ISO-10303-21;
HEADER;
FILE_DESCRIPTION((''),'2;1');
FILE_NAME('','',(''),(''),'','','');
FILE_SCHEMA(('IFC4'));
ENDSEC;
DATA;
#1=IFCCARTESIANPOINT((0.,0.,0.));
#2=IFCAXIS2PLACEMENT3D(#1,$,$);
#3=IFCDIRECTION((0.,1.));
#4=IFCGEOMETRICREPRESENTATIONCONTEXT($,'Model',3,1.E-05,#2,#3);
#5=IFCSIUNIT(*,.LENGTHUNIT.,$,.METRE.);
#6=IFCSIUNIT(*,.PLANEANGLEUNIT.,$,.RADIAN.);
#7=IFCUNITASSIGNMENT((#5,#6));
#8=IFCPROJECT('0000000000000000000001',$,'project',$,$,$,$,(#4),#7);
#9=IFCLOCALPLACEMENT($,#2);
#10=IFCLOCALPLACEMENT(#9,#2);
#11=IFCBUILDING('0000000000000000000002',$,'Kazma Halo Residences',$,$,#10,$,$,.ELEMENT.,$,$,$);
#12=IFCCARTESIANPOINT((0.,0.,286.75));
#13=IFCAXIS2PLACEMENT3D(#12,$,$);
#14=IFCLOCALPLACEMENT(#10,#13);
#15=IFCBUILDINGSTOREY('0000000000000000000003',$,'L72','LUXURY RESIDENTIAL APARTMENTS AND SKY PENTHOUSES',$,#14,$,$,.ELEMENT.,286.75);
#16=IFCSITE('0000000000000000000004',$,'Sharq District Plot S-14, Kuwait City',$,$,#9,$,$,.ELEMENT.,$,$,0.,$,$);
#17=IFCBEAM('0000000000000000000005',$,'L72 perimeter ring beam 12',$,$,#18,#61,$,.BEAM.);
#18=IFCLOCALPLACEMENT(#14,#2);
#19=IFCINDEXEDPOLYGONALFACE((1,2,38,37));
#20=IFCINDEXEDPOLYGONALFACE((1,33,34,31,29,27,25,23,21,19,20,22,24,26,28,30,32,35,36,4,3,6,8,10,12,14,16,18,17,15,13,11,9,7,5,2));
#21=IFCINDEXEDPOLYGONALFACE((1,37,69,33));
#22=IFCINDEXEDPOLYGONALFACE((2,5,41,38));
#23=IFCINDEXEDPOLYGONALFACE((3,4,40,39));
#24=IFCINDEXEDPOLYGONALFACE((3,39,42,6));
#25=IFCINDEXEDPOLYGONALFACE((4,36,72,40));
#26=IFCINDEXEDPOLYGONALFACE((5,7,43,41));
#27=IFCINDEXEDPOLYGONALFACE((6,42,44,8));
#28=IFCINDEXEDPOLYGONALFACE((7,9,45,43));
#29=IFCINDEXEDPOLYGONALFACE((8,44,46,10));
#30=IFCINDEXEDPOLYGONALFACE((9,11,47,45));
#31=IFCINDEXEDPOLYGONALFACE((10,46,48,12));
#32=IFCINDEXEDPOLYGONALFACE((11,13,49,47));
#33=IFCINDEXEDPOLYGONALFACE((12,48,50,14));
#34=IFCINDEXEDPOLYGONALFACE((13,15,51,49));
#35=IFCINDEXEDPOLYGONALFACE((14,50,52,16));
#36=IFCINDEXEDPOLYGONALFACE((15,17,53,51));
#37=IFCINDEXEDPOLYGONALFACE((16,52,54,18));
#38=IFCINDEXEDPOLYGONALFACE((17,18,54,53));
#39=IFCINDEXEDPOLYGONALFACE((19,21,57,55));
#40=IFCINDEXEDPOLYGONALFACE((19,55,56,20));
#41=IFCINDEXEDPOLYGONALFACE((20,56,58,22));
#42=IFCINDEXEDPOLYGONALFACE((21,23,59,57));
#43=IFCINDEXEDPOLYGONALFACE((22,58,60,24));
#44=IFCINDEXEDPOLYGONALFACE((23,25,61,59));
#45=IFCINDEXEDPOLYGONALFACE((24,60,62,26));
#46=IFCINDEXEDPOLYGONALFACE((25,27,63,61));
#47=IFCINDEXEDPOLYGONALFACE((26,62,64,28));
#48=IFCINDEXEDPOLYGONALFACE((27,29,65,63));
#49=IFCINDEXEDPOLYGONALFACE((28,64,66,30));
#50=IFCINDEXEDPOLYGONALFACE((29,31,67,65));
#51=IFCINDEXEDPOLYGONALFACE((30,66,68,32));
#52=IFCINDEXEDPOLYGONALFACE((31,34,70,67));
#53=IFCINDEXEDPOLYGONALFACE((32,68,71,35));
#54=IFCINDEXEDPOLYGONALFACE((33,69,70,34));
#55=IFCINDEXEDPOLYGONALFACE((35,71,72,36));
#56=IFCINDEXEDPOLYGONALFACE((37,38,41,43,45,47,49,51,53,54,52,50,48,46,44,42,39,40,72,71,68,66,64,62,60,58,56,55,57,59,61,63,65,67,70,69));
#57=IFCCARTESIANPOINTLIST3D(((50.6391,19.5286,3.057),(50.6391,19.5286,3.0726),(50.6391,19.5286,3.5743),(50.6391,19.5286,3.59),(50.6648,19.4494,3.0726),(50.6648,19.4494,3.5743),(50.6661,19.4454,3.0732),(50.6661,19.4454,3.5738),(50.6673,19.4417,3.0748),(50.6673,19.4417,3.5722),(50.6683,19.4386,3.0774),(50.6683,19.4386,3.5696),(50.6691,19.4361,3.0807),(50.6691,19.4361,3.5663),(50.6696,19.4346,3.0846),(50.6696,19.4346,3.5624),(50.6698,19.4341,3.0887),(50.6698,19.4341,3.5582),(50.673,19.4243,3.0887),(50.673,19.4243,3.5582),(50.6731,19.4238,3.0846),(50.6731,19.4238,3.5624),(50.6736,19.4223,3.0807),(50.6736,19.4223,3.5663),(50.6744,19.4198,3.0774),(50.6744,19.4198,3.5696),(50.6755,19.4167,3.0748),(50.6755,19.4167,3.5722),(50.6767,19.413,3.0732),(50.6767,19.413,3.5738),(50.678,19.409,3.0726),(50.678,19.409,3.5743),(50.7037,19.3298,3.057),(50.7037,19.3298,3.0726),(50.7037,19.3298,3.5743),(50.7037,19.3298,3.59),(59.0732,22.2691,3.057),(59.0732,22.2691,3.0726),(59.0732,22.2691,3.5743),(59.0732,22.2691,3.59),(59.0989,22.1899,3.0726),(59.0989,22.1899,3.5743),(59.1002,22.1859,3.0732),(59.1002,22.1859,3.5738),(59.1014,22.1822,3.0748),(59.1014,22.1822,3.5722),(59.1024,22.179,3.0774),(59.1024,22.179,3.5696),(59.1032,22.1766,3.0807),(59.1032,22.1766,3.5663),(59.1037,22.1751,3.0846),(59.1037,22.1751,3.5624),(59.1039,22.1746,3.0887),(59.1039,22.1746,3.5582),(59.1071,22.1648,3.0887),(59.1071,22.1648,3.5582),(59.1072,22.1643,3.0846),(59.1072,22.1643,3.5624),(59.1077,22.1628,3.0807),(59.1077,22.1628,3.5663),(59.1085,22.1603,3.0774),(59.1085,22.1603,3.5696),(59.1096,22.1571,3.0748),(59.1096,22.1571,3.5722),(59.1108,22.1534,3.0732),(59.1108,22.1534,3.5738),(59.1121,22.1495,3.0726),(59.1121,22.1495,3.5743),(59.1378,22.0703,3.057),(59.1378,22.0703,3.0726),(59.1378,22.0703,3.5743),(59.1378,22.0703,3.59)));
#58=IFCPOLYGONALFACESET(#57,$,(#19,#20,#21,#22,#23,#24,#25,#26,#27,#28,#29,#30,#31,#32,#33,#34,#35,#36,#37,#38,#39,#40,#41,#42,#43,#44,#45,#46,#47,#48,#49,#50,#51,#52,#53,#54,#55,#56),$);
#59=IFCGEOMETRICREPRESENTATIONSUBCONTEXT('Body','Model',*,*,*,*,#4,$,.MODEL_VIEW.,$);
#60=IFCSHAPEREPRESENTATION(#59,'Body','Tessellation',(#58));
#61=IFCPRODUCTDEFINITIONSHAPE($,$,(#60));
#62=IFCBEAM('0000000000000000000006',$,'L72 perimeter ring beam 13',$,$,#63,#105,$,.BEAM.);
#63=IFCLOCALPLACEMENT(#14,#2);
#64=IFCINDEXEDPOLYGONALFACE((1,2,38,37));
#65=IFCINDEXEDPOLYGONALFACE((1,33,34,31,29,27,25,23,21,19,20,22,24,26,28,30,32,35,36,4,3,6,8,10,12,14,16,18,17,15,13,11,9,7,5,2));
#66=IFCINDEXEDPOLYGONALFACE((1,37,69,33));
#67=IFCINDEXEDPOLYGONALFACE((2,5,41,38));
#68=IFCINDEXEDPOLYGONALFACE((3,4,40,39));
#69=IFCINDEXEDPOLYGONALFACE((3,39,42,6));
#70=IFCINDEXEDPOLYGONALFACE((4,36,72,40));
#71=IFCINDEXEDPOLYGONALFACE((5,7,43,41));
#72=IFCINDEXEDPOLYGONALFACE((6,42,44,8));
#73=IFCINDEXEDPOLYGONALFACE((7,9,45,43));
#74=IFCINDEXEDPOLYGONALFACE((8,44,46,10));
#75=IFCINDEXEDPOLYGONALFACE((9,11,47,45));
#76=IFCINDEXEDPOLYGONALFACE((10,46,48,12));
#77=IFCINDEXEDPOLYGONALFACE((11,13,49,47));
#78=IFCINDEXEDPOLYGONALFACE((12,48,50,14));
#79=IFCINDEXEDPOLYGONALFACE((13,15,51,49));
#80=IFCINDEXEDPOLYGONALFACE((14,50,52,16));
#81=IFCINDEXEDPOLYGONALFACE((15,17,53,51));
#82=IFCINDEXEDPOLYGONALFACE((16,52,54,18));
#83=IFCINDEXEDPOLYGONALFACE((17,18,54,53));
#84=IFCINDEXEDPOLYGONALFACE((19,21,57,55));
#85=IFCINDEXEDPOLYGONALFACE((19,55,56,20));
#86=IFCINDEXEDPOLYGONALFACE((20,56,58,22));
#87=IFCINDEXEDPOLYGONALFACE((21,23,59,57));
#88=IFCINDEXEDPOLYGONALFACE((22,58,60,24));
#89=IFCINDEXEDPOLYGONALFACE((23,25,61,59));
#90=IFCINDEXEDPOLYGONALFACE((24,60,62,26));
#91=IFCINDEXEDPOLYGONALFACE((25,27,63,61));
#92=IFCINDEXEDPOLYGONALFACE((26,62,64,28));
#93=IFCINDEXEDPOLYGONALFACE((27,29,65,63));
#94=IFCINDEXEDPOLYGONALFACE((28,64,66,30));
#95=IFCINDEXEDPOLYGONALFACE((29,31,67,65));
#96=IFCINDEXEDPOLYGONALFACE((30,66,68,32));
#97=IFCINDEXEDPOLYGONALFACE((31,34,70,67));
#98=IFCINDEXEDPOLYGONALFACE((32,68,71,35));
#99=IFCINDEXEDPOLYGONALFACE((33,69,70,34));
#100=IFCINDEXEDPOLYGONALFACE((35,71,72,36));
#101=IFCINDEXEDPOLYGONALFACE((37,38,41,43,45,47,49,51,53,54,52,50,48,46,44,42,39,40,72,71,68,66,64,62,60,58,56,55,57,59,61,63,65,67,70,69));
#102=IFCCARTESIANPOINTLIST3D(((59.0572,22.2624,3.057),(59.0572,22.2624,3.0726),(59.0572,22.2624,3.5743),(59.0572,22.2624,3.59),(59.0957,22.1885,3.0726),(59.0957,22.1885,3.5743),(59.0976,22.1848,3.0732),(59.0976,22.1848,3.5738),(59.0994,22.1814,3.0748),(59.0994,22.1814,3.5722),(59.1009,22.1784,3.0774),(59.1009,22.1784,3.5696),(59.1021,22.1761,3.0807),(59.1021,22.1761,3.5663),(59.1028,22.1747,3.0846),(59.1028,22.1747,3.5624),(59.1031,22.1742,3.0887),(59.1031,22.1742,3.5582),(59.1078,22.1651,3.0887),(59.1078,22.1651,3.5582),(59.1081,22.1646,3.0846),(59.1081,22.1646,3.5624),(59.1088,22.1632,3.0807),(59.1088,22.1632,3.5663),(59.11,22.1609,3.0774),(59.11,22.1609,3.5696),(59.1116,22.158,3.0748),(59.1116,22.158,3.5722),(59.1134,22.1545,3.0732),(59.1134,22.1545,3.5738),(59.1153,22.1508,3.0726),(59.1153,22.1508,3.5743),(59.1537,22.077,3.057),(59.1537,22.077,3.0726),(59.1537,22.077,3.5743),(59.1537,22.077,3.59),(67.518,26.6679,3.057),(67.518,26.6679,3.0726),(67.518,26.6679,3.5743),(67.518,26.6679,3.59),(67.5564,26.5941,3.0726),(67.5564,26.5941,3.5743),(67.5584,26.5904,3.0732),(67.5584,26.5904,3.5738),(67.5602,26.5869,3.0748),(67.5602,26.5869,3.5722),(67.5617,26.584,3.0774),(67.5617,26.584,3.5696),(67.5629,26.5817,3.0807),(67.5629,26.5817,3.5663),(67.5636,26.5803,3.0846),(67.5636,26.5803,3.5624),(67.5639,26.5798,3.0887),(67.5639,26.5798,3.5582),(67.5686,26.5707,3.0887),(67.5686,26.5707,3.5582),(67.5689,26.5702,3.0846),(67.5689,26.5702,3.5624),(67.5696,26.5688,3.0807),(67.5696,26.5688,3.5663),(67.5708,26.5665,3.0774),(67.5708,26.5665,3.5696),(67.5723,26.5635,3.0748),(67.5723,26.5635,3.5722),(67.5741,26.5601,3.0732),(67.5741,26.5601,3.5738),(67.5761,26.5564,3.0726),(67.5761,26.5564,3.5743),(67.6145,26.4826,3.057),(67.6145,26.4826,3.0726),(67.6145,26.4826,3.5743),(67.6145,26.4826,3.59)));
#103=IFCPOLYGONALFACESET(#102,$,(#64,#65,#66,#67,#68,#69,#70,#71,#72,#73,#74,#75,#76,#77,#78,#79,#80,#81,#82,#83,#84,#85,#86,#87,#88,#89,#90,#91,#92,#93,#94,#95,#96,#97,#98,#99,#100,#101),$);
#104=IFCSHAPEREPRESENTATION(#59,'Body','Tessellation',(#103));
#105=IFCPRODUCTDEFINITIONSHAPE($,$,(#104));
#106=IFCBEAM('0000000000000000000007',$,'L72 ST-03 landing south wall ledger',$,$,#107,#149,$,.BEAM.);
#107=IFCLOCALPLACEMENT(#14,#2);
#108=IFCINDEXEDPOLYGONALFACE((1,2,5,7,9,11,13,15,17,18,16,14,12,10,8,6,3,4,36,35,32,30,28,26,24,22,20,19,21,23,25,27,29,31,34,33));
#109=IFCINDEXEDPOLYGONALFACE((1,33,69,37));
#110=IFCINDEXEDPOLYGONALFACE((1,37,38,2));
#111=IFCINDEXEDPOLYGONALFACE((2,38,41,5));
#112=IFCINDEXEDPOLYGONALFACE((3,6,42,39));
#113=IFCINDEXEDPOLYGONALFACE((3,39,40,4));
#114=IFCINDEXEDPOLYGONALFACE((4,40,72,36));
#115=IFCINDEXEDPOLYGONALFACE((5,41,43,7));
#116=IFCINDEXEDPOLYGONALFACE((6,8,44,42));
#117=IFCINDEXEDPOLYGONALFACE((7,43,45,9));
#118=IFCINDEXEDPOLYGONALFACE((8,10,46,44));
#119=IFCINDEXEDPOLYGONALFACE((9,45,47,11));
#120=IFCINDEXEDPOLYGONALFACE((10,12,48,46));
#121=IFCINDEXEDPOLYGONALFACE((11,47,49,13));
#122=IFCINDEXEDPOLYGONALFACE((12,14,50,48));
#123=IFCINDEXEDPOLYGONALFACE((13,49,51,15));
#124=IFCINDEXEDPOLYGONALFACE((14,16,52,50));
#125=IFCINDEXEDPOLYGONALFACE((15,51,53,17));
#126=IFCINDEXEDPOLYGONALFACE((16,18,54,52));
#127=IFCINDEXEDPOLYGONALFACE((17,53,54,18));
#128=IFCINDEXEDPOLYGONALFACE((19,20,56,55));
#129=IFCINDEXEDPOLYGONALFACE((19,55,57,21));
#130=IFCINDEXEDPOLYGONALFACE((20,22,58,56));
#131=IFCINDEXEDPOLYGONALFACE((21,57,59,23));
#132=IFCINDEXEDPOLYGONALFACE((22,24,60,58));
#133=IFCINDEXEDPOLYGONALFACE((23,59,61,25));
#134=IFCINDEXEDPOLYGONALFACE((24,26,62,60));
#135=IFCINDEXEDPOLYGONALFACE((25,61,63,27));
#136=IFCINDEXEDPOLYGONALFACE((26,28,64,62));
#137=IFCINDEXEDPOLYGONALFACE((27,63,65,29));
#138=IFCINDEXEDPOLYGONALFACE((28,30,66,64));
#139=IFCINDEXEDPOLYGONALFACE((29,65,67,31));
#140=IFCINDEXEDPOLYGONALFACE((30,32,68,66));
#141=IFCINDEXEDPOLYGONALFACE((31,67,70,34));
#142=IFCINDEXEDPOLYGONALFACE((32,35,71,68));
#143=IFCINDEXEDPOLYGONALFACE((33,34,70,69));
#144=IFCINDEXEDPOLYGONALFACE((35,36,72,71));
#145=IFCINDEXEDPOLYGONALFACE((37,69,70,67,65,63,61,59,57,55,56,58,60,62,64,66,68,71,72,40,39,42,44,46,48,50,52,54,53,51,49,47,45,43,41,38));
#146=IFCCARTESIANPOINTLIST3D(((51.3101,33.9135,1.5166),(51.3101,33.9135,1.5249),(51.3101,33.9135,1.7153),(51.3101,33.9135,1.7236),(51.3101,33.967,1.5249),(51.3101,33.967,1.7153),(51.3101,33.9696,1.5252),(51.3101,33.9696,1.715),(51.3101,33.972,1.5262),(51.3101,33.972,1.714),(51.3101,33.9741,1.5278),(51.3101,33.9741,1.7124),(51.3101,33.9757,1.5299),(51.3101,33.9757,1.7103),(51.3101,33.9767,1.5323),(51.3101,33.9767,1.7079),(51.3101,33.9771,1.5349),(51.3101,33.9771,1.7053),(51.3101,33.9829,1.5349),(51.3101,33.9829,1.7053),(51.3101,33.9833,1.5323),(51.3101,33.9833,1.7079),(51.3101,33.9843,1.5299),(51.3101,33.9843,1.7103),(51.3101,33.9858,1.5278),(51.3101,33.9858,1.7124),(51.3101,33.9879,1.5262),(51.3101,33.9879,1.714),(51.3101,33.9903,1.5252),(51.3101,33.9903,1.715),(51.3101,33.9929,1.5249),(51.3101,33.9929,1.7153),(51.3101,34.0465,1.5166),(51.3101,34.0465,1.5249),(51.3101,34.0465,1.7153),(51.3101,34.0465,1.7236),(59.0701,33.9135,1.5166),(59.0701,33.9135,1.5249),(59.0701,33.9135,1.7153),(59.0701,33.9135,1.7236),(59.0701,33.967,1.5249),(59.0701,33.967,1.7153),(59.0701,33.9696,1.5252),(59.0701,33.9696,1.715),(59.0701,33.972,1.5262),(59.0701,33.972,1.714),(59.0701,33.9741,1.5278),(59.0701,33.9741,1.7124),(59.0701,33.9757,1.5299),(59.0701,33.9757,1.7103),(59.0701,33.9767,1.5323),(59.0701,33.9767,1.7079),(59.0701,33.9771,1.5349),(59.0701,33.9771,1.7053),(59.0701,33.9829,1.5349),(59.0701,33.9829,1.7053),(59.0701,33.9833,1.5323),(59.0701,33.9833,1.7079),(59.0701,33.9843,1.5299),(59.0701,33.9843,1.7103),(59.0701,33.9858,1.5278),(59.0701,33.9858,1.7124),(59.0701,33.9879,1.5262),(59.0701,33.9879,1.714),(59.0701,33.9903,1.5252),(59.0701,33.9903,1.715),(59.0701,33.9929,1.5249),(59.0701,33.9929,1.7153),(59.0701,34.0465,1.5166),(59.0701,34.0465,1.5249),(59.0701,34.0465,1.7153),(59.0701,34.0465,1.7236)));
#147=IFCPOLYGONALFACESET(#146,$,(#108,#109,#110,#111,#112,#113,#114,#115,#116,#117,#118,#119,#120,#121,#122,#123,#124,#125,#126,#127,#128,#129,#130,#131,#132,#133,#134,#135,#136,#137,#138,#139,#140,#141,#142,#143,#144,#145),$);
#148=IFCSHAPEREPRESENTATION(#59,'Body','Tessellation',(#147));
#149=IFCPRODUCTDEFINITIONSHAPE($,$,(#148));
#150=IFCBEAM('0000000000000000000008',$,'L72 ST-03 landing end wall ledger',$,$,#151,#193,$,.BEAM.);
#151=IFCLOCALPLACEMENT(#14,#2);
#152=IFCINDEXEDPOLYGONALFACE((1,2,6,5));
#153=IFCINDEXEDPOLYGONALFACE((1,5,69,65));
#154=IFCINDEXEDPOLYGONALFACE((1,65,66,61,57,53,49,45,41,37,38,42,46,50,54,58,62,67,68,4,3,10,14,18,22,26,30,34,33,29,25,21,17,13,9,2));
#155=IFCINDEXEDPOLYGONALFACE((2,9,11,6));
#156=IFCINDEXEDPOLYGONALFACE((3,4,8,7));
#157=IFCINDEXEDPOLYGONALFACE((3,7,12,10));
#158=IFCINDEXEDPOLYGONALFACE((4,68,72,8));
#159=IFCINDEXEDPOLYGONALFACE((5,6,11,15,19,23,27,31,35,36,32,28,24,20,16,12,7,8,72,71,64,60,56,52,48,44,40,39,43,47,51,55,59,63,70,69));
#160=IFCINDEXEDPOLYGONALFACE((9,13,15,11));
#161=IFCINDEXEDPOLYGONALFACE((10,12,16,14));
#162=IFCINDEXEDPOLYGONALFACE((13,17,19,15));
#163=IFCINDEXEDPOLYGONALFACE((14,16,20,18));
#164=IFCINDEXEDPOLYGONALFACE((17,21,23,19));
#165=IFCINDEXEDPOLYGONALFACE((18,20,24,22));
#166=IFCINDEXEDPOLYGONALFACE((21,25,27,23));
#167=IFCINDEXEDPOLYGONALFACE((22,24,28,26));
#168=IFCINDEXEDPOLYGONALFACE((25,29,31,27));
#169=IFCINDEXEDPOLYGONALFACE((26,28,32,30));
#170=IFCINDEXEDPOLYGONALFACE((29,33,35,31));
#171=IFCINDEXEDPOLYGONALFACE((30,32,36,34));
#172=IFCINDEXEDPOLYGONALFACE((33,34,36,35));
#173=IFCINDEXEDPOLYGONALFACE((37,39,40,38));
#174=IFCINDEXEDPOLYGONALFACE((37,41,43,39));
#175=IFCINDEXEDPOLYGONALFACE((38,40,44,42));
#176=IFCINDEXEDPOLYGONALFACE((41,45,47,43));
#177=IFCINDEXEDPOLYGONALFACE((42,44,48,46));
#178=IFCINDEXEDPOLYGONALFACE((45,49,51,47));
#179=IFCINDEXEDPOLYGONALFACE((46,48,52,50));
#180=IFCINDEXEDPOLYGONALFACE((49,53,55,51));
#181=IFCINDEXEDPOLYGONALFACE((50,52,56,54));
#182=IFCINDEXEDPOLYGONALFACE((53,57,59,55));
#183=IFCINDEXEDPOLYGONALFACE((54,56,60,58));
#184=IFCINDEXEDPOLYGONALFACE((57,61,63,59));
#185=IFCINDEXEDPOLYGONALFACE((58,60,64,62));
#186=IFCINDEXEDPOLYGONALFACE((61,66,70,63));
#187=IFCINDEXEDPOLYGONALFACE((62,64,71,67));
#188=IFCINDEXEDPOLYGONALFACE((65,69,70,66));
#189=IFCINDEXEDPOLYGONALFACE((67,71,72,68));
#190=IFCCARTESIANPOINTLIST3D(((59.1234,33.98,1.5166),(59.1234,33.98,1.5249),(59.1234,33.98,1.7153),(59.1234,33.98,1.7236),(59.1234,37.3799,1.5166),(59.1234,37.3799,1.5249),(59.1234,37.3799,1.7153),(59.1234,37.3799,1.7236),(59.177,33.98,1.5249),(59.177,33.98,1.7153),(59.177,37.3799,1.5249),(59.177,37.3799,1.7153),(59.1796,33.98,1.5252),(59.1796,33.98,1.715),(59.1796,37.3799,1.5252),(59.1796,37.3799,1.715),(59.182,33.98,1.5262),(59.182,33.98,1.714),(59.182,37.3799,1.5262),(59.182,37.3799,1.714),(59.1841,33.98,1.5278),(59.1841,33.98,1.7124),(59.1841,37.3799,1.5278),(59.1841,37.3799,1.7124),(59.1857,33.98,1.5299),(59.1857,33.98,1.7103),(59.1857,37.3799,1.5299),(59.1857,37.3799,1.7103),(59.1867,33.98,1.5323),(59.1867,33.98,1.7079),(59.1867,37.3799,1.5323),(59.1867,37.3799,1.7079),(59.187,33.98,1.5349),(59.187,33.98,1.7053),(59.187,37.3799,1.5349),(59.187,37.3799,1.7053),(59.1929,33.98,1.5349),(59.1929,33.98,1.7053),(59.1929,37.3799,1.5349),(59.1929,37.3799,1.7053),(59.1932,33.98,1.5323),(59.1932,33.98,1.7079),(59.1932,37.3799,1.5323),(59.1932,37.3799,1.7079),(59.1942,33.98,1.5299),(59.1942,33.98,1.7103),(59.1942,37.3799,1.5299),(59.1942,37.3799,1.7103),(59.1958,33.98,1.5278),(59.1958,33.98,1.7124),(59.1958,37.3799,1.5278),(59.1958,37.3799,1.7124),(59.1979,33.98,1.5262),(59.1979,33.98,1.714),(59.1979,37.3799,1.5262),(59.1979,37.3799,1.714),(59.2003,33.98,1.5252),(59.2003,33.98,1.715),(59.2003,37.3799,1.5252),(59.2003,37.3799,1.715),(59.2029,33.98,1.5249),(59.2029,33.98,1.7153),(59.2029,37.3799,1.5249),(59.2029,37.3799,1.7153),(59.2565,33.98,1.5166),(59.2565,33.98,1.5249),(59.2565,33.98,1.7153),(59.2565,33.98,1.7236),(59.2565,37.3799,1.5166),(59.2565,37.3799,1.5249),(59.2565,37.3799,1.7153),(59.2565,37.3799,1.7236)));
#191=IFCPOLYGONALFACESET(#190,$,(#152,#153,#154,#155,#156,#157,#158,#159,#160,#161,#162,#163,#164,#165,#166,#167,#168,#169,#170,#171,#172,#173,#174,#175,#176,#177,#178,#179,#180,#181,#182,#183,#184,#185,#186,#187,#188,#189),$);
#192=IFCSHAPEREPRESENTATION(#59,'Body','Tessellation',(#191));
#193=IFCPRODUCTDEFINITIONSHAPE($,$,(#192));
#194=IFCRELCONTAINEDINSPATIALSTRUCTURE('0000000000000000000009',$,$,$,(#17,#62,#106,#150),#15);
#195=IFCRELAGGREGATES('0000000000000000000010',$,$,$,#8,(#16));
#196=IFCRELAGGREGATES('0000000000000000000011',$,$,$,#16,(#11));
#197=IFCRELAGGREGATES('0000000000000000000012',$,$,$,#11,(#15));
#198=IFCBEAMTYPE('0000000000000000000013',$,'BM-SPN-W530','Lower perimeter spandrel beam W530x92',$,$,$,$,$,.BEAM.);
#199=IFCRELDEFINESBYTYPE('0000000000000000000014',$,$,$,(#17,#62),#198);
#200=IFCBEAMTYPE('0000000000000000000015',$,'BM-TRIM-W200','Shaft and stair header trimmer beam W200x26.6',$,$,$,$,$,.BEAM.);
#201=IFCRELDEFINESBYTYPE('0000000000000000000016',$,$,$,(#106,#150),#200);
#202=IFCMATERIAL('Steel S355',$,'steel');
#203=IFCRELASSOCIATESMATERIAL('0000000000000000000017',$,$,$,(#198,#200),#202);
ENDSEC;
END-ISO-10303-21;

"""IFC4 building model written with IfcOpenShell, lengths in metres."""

from ifc_helpers import new_model, si_unit, direction, frame, origin, origin_2d, place, context, subcontext, project, spatial, i_section, extrude, material, material_profile, profile_set, type_object, element, save


model = new_model("IFC4")

# Units and contexts
model_context = context("Model", 3, precision=1e-05, world=origin(), true_north=direction((0.0, 1.0)))
body_context = subcontext(model_context, "Body", "Model", "MODEL_VIEW")
ifc_project = project(units=[si_unit("LENGTHUNIT", "METRE"), si_unit("PLANEANGLEUNIT", "RADIAN")], contexts=[model_context])

# Site, building, storey
site_placement = place(None, origin())
site = spatial("IfcSite", under=ifc_project, at=site_placement, Name="Sharq District Plot S-14, Kuwait City", CompositionType="ELEMENT", RefElevation=0.0)
building_placement = place(site_placement, origin())
building = spatial("IfcBuilding", under=site, at=building_placement, Name="Kazma Halo Residences", CompositionType="ELEMENT")
storey_placement = place(building_placement, frame((0.0, 0.0, 286.75)))
storey = spatial("IfcBuildingStorey", under=building, at=storey_placement, Name="L72", Description="LUXURY RESIDENTIAL APARTMENTS AND SKY PENTHOUSES", CompositionType="ELEMENT", Elevation=286.75)

# Beams
ifc_material_1 = material(Name="Steel S355", Category="steel")
ifc_material_profile_1 = material_profile(ifc_material_1, i_section(OverallWidth=0.209, OverallDepth=0.533, WebThickness=0.0103, FlangeThickness=0.0156, FilletRadius=0.0161, at=origin_2d()), Name="W530x92")
ifc_profile_set_1 = profile_set([ifc_material_profile_1], Name="Steel S355")
beam_type_1 = type_object("IfcBeamType", Name="BM-SPN-W530", Description="Lower perimeter spandrel beam W530x92", PredefinedType="BEAM", material=ifc_profile_set_1)
beam_1_placement = place(storey_placement, frame((50.6714, 19.4292, 3.3235), z_axis=(0.951054, 0.309025, 0.0), x_axis=(-0.309025, 0.951054, 0.0)))
element("IfcBeam", 1, at=beam_1_placement, inside=storey, type_object=beam_type_1, Name="L72 perimeter ring beam 12", PredefinedType="BEAM", context=body_context, shape_type="SweptSolid", body=[
    extrude(i_section(OverallWidth=0.209, OverallDepth=0.533, WebThickness=0.0103, FlangeThickness=0.0156, FilletRadius=0.0161, at=origin_2d()), origin(), (0.0, 0.0, 1.0), 8.8682),
])
beam_2_placement = place(storey_placement, frame((59.1055, 22.1697, 3.3235), z_axis=(0.886961, 0.461844, 0.0), x_axis=(-0.461844, 0.886961, 0.0)))
element("IfcBeam", 2, at=beam_2_placement, inside=storey, type_object=beam_type_1, Name="L72 perimeter ring beam 13", PredefinedType="BEAM", context=body_context, shape_type="SweptSolid", body=[
    extrude(i_section(OverallWidth=0.209, OverallDepth=0.533, WebThickness=0.0103, FlangeThickness=0.0156, FilletRadius=0.0161, at=origin_2d()), origin(), (0.0, 0.0, 1.0), 9.5391),
])
ifc_material_profile_2 = material_profile(ifc_material_1, i_section(OverallWidth=0.1331, OverallDepth=0.207, WebThickness=0.0059, FlangeThickness=0.0083, FilletRadius=0.01, at=origin_2d()), Name="W200x26.6")
ifc_profile_set_2 = profile_set([ifc_material_profile_2], Name="Steel S355")
beam_type_2 = type_object("IfcBeamType", Name="BM-TRIM-W200", Description="Shaft and stair header trimmer beam W200x26.6", PredefinedType="BEAM", material=ifc_profile_set_2)
beam_3_placement = place(storey_placement, frame((51.3101, 33.98, 1.6201), z_axis=(1.0, 0.0, 0.0), x_axis=(0.0, 1.0, 0.0)))
element("IfcBeam", 3, at=beam_3_placement, inside=storey, type_object=beam_type_2, Name="L72 ST-03 landing south wall ledger", PredefinedType="BEAM", context=body_context, shape_type="SweptSolid", body=[
    extrude(i_section(OverallWidth=0.1331, OverallDepth=0.207, WebThickness=0.0059, FlangeThickness=0.0083, FilletRadius=0.01, at=origin_2d()), origin(), (0.0, 0.0, 1.0), 7.76),
])
beam_4_placement = place(storey_placement, frame((59.1899, 33.98, 1.6201), z_axis=(0.0, 1.0, 0.0), x_axis=(-1.0, 0.0, 0.0)))
element("IfcBeam", 4, at=beam_4_placement, inside=storey, type_object=beam_type_2, Name="L72 ST-03 landing end wall ledger", PredefinedType="BEAM", context=body_context, shape_type="SweptSolid", body=[
    extrude(i_section(OverallWidth=0.1331, OverallDepth=0.207, WebThickness=0.0059, FlangeThickness=0.0083, FilletRadius=0.01, at=origin_2d()), origin(), (0.0, 0.0, 1.0), 3.3999),
])

save(model, "model.ifc")
